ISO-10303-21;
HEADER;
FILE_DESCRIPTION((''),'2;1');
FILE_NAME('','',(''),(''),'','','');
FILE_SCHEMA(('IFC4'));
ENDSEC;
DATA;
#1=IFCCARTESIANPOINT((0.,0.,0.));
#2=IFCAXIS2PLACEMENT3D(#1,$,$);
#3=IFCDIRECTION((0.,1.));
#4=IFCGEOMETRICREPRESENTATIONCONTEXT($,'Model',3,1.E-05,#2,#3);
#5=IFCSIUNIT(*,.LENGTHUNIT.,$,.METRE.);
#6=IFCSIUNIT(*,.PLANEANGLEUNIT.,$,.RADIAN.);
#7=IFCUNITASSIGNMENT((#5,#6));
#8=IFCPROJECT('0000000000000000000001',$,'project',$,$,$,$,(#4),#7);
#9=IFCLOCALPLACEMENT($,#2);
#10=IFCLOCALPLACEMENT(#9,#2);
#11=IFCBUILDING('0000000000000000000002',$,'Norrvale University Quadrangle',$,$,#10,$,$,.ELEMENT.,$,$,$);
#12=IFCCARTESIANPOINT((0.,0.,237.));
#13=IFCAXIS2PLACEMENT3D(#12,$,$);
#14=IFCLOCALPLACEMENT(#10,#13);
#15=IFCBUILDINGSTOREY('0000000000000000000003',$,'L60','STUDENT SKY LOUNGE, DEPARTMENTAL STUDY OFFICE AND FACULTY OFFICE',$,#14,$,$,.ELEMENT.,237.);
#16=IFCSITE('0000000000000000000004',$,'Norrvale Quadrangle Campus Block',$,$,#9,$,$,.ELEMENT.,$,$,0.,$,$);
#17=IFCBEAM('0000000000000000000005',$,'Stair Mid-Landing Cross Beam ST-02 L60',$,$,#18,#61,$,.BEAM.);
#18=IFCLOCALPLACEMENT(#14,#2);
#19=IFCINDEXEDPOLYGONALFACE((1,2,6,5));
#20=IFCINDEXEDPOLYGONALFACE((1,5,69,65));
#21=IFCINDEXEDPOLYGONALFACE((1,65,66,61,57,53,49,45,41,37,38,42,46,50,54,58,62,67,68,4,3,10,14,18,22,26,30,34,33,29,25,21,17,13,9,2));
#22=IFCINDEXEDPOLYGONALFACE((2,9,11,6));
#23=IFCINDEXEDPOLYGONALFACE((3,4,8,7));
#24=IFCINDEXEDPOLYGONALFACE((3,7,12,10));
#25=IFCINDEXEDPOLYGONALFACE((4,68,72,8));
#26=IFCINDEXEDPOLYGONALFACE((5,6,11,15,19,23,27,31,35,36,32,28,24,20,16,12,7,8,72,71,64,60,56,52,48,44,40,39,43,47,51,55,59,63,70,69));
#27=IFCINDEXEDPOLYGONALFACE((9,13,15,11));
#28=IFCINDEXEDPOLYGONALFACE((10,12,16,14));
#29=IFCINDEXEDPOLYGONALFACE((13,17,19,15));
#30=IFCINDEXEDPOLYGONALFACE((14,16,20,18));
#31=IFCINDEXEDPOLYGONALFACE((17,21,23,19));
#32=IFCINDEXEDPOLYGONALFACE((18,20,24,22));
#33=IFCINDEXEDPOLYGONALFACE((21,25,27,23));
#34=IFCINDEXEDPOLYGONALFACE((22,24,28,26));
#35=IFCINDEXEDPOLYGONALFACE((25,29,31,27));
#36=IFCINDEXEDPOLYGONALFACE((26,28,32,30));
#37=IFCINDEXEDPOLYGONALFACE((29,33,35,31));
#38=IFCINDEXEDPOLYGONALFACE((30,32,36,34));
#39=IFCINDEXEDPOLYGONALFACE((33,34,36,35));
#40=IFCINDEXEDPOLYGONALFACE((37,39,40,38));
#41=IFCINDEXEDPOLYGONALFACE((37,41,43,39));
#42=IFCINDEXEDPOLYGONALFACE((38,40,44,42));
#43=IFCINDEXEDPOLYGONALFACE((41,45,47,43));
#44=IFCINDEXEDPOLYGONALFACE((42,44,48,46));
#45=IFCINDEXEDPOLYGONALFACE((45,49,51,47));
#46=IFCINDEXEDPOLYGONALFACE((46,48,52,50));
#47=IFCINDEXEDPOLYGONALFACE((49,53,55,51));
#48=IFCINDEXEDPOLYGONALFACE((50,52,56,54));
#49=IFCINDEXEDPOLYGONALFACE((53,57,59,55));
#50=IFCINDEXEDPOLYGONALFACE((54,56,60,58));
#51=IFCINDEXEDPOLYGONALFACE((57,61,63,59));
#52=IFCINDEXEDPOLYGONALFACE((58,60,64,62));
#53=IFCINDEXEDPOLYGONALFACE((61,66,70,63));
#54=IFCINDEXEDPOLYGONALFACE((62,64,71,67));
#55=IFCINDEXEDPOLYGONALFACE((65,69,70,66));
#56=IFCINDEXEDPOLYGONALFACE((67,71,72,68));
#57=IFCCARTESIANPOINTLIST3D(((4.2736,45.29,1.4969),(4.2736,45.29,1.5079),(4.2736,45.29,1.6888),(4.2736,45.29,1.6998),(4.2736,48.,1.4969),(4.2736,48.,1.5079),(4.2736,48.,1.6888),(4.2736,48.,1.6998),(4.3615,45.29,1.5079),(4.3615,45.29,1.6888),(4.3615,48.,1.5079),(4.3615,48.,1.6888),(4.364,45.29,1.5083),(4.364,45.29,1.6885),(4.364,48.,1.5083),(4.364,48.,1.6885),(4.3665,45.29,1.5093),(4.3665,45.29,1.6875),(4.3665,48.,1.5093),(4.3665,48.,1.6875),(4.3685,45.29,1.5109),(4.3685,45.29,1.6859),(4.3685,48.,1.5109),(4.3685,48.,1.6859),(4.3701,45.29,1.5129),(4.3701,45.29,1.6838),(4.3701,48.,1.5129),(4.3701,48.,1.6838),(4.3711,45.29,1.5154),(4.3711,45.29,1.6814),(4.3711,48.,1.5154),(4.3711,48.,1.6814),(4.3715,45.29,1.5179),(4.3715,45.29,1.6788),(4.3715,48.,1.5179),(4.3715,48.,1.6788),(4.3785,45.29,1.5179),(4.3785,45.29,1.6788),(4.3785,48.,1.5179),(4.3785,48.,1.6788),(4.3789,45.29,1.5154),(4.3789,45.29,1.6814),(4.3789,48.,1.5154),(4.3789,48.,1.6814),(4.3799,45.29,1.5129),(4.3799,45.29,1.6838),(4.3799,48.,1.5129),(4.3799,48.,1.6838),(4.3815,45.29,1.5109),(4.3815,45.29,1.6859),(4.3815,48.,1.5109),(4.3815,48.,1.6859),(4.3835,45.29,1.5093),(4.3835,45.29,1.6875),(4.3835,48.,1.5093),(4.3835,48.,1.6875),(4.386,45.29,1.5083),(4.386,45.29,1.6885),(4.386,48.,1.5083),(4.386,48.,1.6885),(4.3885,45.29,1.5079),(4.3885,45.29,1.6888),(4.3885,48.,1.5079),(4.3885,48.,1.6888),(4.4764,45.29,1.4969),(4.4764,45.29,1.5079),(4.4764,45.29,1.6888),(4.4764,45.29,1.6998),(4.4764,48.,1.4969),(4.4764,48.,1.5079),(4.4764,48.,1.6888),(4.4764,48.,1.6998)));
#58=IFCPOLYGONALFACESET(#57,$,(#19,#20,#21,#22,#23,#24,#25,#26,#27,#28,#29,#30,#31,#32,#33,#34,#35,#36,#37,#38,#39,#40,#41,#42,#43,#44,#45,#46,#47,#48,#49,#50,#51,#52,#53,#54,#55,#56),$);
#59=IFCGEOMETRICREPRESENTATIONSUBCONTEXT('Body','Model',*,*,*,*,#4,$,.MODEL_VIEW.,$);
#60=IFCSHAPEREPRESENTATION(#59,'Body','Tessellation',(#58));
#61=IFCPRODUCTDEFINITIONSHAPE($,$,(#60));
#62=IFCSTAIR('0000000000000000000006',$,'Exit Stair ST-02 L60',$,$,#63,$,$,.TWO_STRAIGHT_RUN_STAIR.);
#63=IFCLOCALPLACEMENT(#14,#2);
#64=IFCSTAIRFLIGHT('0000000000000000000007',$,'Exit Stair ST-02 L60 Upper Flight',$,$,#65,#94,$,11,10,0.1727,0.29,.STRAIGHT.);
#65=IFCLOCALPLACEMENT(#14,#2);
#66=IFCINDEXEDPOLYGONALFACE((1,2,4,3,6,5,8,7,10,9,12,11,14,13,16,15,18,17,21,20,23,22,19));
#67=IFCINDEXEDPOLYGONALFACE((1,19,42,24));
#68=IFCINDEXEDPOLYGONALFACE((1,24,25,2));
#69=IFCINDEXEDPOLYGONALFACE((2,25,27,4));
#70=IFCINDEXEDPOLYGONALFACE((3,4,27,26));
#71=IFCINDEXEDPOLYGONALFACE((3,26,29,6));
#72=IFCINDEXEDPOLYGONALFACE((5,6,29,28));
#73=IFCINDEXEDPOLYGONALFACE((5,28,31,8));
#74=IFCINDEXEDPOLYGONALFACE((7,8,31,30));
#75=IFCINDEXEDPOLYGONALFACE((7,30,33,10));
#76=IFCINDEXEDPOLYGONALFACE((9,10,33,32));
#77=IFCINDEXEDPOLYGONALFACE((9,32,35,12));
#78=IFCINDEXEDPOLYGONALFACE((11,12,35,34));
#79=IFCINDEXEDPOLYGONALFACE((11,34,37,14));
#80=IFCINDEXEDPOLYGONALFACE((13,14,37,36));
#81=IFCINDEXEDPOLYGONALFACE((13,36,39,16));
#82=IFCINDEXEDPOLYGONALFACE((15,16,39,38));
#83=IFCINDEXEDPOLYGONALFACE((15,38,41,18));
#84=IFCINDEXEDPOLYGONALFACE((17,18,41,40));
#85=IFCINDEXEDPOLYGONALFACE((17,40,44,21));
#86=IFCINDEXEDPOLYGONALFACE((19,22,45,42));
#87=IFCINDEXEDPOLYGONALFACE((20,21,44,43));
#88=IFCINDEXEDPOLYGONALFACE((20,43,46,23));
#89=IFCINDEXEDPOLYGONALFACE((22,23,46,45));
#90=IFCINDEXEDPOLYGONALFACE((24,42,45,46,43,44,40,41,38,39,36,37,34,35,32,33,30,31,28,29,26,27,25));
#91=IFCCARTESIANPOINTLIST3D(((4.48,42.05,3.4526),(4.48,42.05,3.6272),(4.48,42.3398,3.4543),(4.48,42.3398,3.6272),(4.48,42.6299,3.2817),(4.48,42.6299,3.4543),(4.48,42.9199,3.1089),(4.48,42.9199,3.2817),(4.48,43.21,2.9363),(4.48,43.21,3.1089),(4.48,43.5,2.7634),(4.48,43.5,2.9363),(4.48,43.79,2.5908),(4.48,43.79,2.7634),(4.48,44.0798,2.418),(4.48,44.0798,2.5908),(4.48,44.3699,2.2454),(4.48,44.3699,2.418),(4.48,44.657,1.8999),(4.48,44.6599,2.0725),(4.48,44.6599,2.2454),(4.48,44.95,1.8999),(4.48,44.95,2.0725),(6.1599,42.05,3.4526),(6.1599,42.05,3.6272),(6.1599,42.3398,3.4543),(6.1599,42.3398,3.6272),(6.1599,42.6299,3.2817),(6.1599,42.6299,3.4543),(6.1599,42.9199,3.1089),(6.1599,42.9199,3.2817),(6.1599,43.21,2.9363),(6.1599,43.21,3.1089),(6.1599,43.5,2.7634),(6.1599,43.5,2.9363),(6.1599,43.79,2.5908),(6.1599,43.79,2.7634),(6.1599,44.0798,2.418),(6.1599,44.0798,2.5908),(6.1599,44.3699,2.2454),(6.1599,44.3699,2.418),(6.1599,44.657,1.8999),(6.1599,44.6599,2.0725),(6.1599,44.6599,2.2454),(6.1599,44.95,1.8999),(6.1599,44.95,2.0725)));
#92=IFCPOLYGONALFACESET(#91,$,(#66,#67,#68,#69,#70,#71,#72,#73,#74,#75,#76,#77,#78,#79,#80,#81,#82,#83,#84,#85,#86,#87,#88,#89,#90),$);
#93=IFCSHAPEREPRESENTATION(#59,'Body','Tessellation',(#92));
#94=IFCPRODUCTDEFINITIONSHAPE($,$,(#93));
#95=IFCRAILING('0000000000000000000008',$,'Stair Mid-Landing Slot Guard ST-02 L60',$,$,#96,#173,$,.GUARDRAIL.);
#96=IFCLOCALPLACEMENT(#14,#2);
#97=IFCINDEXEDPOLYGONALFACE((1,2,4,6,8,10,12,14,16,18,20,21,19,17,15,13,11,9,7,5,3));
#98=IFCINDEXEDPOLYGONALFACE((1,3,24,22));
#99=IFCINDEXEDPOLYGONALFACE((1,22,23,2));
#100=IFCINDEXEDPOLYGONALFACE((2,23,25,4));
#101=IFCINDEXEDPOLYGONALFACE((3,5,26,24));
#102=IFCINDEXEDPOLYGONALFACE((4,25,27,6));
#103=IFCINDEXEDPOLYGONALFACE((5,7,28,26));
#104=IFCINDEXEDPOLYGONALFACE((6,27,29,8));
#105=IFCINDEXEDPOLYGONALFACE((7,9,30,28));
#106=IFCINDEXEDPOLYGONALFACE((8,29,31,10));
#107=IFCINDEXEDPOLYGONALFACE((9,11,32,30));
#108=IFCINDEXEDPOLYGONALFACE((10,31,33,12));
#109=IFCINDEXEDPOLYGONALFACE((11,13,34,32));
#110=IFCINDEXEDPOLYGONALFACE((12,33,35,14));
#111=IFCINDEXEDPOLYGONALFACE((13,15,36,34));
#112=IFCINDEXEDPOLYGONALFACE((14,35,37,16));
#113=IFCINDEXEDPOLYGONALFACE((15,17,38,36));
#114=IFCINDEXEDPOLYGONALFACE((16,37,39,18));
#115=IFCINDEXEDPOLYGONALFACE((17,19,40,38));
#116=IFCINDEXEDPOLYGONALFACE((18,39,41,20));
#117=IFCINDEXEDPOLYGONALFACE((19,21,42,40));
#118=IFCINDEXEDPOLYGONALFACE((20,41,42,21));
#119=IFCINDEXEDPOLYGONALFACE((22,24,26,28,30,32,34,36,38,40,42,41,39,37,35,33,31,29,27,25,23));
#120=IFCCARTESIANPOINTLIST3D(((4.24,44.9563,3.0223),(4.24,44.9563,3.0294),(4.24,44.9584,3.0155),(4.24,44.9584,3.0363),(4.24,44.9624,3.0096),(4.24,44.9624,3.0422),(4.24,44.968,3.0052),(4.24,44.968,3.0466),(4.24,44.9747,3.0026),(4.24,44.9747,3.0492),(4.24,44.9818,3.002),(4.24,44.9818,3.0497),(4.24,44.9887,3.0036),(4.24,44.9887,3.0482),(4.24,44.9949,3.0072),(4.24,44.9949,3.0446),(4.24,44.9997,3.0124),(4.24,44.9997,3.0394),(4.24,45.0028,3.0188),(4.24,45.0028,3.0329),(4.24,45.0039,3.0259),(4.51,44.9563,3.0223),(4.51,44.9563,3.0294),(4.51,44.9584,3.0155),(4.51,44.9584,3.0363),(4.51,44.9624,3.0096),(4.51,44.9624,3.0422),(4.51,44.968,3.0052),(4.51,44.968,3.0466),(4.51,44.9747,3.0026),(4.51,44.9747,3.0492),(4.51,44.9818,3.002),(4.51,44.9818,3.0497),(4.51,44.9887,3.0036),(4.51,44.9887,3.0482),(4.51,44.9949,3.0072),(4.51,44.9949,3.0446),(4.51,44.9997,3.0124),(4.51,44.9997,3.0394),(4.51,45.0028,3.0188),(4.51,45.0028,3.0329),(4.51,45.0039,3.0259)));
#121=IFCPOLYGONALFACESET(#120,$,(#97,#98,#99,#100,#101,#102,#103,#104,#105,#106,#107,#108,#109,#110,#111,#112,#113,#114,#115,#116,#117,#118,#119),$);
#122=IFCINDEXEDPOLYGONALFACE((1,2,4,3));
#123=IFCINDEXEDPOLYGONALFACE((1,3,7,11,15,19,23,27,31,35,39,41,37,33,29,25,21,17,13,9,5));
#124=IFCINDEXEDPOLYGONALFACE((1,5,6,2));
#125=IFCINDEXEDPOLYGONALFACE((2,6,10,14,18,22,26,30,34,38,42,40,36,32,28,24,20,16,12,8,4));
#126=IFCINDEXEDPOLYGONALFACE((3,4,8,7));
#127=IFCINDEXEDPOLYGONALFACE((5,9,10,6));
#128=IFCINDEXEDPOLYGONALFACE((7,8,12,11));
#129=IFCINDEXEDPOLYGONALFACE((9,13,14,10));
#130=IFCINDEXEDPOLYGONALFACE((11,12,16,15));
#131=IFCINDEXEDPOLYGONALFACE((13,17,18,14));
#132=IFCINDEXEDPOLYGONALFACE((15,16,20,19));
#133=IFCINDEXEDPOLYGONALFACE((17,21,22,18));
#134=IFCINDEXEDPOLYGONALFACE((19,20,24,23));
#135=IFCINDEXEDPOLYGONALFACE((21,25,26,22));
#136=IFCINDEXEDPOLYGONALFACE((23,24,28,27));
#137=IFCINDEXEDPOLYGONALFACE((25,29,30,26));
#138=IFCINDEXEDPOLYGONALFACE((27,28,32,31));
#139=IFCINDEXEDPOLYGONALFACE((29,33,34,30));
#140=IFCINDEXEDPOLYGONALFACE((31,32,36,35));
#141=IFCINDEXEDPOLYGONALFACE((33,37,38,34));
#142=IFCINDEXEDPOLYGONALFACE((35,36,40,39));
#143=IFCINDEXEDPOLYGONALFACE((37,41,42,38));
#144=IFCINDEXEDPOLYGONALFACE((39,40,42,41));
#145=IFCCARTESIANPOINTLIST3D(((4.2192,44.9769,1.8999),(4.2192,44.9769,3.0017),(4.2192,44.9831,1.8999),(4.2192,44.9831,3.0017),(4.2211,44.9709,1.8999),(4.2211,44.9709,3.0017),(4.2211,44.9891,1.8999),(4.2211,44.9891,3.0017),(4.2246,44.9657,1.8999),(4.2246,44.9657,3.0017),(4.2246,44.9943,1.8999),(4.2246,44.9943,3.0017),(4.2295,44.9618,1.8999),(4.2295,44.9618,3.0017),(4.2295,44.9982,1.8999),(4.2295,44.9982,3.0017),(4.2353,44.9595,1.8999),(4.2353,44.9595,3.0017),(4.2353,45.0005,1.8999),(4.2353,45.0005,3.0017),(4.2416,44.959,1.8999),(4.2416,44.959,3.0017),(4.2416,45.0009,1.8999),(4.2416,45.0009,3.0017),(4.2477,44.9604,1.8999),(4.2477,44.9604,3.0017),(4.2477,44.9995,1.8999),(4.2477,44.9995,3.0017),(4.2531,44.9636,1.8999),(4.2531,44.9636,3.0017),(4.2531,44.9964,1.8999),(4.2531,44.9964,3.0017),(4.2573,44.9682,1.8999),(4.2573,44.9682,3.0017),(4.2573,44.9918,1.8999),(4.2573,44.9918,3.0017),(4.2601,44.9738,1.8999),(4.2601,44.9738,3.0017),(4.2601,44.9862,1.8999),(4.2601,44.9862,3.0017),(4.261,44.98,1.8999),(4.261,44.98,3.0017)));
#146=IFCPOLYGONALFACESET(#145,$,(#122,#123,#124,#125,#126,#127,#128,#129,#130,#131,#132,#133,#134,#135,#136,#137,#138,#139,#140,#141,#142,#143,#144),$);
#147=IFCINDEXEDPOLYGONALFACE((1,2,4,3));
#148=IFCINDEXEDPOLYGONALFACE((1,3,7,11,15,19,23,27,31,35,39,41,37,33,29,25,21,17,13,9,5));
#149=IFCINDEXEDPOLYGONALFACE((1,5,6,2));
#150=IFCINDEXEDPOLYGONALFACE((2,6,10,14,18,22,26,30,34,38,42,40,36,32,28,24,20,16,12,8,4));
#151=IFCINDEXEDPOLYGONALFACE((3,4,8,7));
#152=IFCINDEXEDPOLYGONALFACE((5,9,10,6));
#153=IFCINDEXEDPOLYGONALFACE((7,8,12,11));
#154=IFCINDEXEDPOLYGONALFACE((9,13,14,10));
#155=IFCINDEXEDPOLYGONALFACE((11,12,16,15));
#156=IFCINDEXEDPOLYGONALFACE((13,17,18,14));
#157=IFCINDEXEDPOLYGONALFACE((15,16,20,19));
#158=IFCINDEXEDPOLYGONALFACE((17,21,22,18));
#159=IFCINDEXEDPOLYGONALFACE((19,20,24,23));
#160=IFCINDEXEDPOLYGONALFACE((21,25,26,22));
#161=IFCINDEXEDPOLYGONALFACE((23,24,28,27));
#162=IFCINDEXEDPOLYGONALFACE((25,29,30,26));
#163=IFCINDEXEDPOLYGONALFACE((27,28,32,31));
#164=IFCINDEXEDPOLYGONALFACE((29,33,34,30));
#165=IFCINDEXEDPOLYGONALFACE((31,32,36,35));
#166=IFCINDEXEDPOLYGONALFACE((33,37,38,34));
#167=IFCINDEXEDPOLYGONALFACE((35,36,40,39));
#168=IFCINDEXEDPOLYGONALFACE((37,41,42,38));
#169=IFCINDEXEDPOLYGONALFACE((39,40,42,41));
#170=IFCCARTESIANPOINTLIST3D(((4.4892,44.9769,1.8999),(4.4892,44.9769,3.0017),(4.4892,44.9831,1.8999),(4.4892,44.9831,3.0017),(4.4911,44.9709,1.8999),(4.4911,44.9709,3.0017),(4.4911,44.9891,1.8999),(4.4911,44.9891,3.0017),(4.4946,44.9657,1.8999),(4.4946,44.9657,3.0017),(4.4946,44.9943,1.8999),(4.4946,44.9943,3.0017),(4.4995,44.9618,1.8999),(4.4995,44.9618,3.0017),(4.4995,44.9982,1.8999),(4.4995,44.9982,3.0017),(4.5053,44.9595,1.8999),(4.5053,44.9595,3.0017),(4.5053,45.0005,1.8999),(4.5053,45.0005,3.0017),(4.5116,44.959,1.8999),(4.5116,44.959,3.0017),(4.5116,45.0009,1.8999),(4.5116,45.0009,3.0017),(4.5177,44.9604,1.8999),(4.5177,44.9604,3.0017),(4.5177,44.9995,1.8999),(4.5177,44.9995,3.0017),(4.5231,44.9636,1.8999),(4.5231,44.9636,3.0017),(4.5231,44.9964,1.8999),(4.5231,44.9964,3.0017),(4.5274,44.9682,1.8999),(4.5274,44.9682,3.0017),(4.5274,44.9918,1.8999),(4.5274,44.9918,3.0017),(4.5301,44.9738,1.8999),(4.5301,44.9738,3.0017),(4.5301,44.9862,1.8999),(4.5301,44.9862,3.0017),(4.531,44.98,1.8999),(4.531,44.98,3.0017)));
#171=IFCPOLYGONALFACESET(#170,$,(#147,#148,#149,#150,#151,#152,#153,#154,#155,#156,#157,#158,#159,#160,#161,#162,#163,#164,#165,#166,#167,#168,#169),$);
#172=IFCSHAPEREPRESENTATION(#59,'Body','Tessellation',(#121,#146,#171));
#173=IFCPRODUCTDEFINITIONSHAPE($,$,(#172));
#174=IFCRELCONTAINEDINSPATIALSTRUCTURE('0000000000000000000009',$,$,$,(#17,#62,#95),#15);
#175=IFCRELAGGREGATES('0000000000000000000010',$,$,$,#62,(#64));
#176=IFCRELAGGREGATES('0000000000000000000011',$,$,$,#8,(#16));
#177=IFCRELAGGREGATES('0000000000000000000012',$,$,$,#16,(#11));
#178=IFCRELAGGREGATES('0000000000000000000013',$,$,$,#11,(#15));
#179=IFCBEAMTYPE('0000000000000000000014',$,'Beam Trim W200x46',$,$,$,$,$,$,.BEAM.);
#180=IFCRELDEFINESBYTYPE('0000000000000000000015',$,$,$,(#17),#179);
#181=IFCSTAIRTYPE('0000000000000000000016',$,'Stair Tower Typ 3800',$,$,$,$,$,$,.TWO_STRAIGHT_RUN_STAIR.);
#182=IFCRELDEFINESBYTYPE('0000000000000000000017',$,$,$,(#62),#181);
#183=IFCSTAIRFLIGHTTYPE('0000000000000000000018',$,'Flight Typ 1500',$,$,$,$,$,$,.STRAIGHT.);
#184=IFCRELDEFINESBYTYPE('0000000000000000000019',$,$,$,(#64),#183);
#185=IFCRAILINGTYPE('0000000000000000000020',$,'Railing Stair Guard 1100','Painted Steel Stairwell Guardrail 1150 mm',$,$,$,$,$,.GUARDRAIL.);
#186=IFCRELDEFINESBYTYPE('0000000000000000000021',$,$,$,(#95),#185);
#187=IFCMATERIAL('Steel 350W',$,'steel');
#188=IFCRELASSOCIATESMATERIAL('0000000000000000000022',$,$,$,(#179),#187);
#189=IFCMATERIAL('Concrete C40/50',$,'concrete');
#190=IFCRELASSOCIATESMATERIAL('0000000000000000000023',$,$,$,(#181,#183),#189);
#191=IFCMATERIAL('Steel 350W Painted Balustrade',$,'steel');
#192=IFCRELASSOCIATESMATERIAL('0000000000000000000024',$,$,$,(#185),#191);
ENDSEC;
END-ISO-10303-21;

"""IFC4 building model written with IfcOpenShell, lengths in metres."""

from ifc_helpers import new_model, si_unit, direction, frame, origin, origin_2d, place, context, subcontext, project, spatial, polyline, circle, i_section, outline, extrude, material, material_profile, profile_set, type_object, element, aggregate, save


model = new_model("IFC4")

# Units and contexts
model_context = context("Model", 3, precision=1e-05, world=origin(), true_north=direction((0.0, 1.0)))
body_context = subcontext(model_context, "Body", "Model", "MODEL_VIEW")
ifc_project = project(units=[si_unit("LENGTHUNIT", "METRE"), si_unit("PLANEANGLEUNIT", "RADIAN")], contexts=[model_context])

# Site, building, storey
site_placement = place(None, origin())
site = spatial("IfcSite", under=ifc_project, at=site_placement, Name="Norrvale Quadrangle Campus Block", CompositionType="ELEMENT", RefElevation=0.0)
building_placement = place(site_placement, origin())
building = spatial("IfcBuilding", under=site, at=building_placement, Name="Norrvale University Quadrangle", CompositionType="ELEMENT")
storey_placement = place(building_placement, frame((0.0, 0.0, 237.0)))
storey = spatial("IfcBuildingStorey", under=building, at=storey_placement, Name="L60", Description="STUDENT SKY LOUNGE, DEPARTMENTAL STUDY OFFICE AND FACULTY OFFICE", CompositionType="ELEMENT", Elevation=237.0)

# Beam
ifc_material_1 = material(Name="Steel 350W", Category="steel")
ifc_material_profile_1 = material_profile(ifc_material_1, i_section(OverallWidth=0.2029, OverallDepth=0.2029, WebThickness=0.0071, FlangeThickness=0.011, FilletRadius=0.01, at=origin_2d()), Name="Steel 350W")
ifc_profile_set_1 = profile_set([ifc_material_profile_1], Name="Steel 350W")
beam_type_1 = type_object("IfcBeamType", Name="Beam Trim W200x46", PredefinedType="BEAM", material=ifc_profile_set_1)
beam_1_placement = place(storey_placement, frame((4.375, 45.29, 1.5984), z_axis=(0.0, 1.0, 0.0), x_axis=(-1.0, 0.0, 0.0)))
element("IfcBeam", 1, at=beam_1_placement, inside=storey, type_object=beam_type_1, Name="Stair Mid-Landing Cross Beam ST-02 L60", PredefinedType="BEAM", context=body_context, shape_type="SweptSolid", body=[
    extrude(i_section(OverallWidth=0.2029, OverallDepth=0.2029, WebThickness=0.0071, FlangeThickness=0.011, FilletRadius=0.01, at=origin_2d()), origin(), (0.0, 0.0, 1.0), 2.71),
])

# Stair, stair flight
ifc_material_2 = material(Name="Concrete C40/50", Category="concrete")
stair_type = type_object("IfcStairType", Name="Stair Tower Typ 3800", PredefinedType="TWO_STRAIGHT_RUN_STAIR", material=ifc_material_2)
stair_placement = place(storey_placement, origin())
stair = element("IfcStair", 2, at=stair_placement, inside=storey, type_object=stair_type, Name="Exit Stair ST-02 L60", PredefinedType="TWO_STRAIGHT_RUN_STAIR")
stair_flight_type = type_object("IfcStairFlightType", Name="Flight Typ 1500", PredefinedType="STRAIGHT", material=ifc_material_2)
stair_flight_placement = place(storey_placement, frame((5.3201, 44.95, 1.8999), z_axis=(0.0, 0.0, 1.0), x_axis=(0.0, -1.0, 0.0)))
stair_flight = element("IfcStairFlight", 3, at=stair_flight_placement, type_object=stair_flight_type, Name="Exit Stair ST-02 L60 Upper Flight", NumberOfRisers=11, NumberOfTreads=10, PredefinedType="STRAIGHT", RiserHeight=0.1727, TreadLength=0.29, context=body_context, shape_type="SweptSolid", body=[
    extrude(outline(polyline([(0.0, 0.0), (0.0, 0.1726), (0.29, 0.1726), (0.29, 0.3455), (0.5801, 0.3455), (0.5801, 0.5181), (0.8701, 0.5181), (0.8701, 0.6909), (1.1599, 0.6909), (1.1599, 0.8635), (1.45, 0.8635), (1.45, 1.0364), (1.74, 1.0364), (1.74, 1.209), (2.03, 1.209), (2.03, 1.3818), (2.3201, 1.3818), (2.3201, 1.5544), (2.6101, 1.5544), (2.6101, 1.7273), (2.8999, 1.7273), (2.8999, 1.8999), (2.8999, 1.5527), (0.293, 0.0), (0.0, 0.0)])), frame((0.0, 0.8398, 0.0), z_axis=(0.0, -1.0, 0.0), x_axis=(1.0, 0.0, 0.0)), (0.0, 0.0, 1.0), 1.6799),
])
aggregate(stair, [stair_flight])

# Railing
ifc_material_3 = material(Name="Steel 350W Painted Balustrade", Category="steel")
railing_type_1 = type_object("IfcRailingType", Name="Railing Stair Guard 1100", Description="Painted Steel Stairwell Guardrail 1150 mm", PredefinedType="GUARDRAIL", material=ifc_material_3)
railing_1_placement = place(storey_placement, frame((4.24, 44.98, 1.8999)))
element("IfcRailing", 4, at=railing_1_placement, inside=storey, type_object=railing_type_1, Name="Stair Mid-Landing Slot Guard ST-02 L60", PredefinedType="GUARDRAIL", context=body_context, shape_type="SweptSolid", body=[
    extrude(circle(Radius=0.0239, at=origin_2d()), frame((0.0, 0.0, 1.126), z_axis=(1.0, 0.0, 0.0), x_axis=(0.0, 1.0, 0.0)), (0.0, 0.0, 1.0), 0.27),
    extrude(circle(Radius=0.021, at=origin_2d()), origin(), (0.0, 0.0, 1.0), 1.1018),
    extrude(circle(Radius=0.021, at=origin_2d()), frame((0.27, 0.0, 0.0)), (0.0, 0.0, 1.0), 1.1018),
])

save(model, "model.ifc")
